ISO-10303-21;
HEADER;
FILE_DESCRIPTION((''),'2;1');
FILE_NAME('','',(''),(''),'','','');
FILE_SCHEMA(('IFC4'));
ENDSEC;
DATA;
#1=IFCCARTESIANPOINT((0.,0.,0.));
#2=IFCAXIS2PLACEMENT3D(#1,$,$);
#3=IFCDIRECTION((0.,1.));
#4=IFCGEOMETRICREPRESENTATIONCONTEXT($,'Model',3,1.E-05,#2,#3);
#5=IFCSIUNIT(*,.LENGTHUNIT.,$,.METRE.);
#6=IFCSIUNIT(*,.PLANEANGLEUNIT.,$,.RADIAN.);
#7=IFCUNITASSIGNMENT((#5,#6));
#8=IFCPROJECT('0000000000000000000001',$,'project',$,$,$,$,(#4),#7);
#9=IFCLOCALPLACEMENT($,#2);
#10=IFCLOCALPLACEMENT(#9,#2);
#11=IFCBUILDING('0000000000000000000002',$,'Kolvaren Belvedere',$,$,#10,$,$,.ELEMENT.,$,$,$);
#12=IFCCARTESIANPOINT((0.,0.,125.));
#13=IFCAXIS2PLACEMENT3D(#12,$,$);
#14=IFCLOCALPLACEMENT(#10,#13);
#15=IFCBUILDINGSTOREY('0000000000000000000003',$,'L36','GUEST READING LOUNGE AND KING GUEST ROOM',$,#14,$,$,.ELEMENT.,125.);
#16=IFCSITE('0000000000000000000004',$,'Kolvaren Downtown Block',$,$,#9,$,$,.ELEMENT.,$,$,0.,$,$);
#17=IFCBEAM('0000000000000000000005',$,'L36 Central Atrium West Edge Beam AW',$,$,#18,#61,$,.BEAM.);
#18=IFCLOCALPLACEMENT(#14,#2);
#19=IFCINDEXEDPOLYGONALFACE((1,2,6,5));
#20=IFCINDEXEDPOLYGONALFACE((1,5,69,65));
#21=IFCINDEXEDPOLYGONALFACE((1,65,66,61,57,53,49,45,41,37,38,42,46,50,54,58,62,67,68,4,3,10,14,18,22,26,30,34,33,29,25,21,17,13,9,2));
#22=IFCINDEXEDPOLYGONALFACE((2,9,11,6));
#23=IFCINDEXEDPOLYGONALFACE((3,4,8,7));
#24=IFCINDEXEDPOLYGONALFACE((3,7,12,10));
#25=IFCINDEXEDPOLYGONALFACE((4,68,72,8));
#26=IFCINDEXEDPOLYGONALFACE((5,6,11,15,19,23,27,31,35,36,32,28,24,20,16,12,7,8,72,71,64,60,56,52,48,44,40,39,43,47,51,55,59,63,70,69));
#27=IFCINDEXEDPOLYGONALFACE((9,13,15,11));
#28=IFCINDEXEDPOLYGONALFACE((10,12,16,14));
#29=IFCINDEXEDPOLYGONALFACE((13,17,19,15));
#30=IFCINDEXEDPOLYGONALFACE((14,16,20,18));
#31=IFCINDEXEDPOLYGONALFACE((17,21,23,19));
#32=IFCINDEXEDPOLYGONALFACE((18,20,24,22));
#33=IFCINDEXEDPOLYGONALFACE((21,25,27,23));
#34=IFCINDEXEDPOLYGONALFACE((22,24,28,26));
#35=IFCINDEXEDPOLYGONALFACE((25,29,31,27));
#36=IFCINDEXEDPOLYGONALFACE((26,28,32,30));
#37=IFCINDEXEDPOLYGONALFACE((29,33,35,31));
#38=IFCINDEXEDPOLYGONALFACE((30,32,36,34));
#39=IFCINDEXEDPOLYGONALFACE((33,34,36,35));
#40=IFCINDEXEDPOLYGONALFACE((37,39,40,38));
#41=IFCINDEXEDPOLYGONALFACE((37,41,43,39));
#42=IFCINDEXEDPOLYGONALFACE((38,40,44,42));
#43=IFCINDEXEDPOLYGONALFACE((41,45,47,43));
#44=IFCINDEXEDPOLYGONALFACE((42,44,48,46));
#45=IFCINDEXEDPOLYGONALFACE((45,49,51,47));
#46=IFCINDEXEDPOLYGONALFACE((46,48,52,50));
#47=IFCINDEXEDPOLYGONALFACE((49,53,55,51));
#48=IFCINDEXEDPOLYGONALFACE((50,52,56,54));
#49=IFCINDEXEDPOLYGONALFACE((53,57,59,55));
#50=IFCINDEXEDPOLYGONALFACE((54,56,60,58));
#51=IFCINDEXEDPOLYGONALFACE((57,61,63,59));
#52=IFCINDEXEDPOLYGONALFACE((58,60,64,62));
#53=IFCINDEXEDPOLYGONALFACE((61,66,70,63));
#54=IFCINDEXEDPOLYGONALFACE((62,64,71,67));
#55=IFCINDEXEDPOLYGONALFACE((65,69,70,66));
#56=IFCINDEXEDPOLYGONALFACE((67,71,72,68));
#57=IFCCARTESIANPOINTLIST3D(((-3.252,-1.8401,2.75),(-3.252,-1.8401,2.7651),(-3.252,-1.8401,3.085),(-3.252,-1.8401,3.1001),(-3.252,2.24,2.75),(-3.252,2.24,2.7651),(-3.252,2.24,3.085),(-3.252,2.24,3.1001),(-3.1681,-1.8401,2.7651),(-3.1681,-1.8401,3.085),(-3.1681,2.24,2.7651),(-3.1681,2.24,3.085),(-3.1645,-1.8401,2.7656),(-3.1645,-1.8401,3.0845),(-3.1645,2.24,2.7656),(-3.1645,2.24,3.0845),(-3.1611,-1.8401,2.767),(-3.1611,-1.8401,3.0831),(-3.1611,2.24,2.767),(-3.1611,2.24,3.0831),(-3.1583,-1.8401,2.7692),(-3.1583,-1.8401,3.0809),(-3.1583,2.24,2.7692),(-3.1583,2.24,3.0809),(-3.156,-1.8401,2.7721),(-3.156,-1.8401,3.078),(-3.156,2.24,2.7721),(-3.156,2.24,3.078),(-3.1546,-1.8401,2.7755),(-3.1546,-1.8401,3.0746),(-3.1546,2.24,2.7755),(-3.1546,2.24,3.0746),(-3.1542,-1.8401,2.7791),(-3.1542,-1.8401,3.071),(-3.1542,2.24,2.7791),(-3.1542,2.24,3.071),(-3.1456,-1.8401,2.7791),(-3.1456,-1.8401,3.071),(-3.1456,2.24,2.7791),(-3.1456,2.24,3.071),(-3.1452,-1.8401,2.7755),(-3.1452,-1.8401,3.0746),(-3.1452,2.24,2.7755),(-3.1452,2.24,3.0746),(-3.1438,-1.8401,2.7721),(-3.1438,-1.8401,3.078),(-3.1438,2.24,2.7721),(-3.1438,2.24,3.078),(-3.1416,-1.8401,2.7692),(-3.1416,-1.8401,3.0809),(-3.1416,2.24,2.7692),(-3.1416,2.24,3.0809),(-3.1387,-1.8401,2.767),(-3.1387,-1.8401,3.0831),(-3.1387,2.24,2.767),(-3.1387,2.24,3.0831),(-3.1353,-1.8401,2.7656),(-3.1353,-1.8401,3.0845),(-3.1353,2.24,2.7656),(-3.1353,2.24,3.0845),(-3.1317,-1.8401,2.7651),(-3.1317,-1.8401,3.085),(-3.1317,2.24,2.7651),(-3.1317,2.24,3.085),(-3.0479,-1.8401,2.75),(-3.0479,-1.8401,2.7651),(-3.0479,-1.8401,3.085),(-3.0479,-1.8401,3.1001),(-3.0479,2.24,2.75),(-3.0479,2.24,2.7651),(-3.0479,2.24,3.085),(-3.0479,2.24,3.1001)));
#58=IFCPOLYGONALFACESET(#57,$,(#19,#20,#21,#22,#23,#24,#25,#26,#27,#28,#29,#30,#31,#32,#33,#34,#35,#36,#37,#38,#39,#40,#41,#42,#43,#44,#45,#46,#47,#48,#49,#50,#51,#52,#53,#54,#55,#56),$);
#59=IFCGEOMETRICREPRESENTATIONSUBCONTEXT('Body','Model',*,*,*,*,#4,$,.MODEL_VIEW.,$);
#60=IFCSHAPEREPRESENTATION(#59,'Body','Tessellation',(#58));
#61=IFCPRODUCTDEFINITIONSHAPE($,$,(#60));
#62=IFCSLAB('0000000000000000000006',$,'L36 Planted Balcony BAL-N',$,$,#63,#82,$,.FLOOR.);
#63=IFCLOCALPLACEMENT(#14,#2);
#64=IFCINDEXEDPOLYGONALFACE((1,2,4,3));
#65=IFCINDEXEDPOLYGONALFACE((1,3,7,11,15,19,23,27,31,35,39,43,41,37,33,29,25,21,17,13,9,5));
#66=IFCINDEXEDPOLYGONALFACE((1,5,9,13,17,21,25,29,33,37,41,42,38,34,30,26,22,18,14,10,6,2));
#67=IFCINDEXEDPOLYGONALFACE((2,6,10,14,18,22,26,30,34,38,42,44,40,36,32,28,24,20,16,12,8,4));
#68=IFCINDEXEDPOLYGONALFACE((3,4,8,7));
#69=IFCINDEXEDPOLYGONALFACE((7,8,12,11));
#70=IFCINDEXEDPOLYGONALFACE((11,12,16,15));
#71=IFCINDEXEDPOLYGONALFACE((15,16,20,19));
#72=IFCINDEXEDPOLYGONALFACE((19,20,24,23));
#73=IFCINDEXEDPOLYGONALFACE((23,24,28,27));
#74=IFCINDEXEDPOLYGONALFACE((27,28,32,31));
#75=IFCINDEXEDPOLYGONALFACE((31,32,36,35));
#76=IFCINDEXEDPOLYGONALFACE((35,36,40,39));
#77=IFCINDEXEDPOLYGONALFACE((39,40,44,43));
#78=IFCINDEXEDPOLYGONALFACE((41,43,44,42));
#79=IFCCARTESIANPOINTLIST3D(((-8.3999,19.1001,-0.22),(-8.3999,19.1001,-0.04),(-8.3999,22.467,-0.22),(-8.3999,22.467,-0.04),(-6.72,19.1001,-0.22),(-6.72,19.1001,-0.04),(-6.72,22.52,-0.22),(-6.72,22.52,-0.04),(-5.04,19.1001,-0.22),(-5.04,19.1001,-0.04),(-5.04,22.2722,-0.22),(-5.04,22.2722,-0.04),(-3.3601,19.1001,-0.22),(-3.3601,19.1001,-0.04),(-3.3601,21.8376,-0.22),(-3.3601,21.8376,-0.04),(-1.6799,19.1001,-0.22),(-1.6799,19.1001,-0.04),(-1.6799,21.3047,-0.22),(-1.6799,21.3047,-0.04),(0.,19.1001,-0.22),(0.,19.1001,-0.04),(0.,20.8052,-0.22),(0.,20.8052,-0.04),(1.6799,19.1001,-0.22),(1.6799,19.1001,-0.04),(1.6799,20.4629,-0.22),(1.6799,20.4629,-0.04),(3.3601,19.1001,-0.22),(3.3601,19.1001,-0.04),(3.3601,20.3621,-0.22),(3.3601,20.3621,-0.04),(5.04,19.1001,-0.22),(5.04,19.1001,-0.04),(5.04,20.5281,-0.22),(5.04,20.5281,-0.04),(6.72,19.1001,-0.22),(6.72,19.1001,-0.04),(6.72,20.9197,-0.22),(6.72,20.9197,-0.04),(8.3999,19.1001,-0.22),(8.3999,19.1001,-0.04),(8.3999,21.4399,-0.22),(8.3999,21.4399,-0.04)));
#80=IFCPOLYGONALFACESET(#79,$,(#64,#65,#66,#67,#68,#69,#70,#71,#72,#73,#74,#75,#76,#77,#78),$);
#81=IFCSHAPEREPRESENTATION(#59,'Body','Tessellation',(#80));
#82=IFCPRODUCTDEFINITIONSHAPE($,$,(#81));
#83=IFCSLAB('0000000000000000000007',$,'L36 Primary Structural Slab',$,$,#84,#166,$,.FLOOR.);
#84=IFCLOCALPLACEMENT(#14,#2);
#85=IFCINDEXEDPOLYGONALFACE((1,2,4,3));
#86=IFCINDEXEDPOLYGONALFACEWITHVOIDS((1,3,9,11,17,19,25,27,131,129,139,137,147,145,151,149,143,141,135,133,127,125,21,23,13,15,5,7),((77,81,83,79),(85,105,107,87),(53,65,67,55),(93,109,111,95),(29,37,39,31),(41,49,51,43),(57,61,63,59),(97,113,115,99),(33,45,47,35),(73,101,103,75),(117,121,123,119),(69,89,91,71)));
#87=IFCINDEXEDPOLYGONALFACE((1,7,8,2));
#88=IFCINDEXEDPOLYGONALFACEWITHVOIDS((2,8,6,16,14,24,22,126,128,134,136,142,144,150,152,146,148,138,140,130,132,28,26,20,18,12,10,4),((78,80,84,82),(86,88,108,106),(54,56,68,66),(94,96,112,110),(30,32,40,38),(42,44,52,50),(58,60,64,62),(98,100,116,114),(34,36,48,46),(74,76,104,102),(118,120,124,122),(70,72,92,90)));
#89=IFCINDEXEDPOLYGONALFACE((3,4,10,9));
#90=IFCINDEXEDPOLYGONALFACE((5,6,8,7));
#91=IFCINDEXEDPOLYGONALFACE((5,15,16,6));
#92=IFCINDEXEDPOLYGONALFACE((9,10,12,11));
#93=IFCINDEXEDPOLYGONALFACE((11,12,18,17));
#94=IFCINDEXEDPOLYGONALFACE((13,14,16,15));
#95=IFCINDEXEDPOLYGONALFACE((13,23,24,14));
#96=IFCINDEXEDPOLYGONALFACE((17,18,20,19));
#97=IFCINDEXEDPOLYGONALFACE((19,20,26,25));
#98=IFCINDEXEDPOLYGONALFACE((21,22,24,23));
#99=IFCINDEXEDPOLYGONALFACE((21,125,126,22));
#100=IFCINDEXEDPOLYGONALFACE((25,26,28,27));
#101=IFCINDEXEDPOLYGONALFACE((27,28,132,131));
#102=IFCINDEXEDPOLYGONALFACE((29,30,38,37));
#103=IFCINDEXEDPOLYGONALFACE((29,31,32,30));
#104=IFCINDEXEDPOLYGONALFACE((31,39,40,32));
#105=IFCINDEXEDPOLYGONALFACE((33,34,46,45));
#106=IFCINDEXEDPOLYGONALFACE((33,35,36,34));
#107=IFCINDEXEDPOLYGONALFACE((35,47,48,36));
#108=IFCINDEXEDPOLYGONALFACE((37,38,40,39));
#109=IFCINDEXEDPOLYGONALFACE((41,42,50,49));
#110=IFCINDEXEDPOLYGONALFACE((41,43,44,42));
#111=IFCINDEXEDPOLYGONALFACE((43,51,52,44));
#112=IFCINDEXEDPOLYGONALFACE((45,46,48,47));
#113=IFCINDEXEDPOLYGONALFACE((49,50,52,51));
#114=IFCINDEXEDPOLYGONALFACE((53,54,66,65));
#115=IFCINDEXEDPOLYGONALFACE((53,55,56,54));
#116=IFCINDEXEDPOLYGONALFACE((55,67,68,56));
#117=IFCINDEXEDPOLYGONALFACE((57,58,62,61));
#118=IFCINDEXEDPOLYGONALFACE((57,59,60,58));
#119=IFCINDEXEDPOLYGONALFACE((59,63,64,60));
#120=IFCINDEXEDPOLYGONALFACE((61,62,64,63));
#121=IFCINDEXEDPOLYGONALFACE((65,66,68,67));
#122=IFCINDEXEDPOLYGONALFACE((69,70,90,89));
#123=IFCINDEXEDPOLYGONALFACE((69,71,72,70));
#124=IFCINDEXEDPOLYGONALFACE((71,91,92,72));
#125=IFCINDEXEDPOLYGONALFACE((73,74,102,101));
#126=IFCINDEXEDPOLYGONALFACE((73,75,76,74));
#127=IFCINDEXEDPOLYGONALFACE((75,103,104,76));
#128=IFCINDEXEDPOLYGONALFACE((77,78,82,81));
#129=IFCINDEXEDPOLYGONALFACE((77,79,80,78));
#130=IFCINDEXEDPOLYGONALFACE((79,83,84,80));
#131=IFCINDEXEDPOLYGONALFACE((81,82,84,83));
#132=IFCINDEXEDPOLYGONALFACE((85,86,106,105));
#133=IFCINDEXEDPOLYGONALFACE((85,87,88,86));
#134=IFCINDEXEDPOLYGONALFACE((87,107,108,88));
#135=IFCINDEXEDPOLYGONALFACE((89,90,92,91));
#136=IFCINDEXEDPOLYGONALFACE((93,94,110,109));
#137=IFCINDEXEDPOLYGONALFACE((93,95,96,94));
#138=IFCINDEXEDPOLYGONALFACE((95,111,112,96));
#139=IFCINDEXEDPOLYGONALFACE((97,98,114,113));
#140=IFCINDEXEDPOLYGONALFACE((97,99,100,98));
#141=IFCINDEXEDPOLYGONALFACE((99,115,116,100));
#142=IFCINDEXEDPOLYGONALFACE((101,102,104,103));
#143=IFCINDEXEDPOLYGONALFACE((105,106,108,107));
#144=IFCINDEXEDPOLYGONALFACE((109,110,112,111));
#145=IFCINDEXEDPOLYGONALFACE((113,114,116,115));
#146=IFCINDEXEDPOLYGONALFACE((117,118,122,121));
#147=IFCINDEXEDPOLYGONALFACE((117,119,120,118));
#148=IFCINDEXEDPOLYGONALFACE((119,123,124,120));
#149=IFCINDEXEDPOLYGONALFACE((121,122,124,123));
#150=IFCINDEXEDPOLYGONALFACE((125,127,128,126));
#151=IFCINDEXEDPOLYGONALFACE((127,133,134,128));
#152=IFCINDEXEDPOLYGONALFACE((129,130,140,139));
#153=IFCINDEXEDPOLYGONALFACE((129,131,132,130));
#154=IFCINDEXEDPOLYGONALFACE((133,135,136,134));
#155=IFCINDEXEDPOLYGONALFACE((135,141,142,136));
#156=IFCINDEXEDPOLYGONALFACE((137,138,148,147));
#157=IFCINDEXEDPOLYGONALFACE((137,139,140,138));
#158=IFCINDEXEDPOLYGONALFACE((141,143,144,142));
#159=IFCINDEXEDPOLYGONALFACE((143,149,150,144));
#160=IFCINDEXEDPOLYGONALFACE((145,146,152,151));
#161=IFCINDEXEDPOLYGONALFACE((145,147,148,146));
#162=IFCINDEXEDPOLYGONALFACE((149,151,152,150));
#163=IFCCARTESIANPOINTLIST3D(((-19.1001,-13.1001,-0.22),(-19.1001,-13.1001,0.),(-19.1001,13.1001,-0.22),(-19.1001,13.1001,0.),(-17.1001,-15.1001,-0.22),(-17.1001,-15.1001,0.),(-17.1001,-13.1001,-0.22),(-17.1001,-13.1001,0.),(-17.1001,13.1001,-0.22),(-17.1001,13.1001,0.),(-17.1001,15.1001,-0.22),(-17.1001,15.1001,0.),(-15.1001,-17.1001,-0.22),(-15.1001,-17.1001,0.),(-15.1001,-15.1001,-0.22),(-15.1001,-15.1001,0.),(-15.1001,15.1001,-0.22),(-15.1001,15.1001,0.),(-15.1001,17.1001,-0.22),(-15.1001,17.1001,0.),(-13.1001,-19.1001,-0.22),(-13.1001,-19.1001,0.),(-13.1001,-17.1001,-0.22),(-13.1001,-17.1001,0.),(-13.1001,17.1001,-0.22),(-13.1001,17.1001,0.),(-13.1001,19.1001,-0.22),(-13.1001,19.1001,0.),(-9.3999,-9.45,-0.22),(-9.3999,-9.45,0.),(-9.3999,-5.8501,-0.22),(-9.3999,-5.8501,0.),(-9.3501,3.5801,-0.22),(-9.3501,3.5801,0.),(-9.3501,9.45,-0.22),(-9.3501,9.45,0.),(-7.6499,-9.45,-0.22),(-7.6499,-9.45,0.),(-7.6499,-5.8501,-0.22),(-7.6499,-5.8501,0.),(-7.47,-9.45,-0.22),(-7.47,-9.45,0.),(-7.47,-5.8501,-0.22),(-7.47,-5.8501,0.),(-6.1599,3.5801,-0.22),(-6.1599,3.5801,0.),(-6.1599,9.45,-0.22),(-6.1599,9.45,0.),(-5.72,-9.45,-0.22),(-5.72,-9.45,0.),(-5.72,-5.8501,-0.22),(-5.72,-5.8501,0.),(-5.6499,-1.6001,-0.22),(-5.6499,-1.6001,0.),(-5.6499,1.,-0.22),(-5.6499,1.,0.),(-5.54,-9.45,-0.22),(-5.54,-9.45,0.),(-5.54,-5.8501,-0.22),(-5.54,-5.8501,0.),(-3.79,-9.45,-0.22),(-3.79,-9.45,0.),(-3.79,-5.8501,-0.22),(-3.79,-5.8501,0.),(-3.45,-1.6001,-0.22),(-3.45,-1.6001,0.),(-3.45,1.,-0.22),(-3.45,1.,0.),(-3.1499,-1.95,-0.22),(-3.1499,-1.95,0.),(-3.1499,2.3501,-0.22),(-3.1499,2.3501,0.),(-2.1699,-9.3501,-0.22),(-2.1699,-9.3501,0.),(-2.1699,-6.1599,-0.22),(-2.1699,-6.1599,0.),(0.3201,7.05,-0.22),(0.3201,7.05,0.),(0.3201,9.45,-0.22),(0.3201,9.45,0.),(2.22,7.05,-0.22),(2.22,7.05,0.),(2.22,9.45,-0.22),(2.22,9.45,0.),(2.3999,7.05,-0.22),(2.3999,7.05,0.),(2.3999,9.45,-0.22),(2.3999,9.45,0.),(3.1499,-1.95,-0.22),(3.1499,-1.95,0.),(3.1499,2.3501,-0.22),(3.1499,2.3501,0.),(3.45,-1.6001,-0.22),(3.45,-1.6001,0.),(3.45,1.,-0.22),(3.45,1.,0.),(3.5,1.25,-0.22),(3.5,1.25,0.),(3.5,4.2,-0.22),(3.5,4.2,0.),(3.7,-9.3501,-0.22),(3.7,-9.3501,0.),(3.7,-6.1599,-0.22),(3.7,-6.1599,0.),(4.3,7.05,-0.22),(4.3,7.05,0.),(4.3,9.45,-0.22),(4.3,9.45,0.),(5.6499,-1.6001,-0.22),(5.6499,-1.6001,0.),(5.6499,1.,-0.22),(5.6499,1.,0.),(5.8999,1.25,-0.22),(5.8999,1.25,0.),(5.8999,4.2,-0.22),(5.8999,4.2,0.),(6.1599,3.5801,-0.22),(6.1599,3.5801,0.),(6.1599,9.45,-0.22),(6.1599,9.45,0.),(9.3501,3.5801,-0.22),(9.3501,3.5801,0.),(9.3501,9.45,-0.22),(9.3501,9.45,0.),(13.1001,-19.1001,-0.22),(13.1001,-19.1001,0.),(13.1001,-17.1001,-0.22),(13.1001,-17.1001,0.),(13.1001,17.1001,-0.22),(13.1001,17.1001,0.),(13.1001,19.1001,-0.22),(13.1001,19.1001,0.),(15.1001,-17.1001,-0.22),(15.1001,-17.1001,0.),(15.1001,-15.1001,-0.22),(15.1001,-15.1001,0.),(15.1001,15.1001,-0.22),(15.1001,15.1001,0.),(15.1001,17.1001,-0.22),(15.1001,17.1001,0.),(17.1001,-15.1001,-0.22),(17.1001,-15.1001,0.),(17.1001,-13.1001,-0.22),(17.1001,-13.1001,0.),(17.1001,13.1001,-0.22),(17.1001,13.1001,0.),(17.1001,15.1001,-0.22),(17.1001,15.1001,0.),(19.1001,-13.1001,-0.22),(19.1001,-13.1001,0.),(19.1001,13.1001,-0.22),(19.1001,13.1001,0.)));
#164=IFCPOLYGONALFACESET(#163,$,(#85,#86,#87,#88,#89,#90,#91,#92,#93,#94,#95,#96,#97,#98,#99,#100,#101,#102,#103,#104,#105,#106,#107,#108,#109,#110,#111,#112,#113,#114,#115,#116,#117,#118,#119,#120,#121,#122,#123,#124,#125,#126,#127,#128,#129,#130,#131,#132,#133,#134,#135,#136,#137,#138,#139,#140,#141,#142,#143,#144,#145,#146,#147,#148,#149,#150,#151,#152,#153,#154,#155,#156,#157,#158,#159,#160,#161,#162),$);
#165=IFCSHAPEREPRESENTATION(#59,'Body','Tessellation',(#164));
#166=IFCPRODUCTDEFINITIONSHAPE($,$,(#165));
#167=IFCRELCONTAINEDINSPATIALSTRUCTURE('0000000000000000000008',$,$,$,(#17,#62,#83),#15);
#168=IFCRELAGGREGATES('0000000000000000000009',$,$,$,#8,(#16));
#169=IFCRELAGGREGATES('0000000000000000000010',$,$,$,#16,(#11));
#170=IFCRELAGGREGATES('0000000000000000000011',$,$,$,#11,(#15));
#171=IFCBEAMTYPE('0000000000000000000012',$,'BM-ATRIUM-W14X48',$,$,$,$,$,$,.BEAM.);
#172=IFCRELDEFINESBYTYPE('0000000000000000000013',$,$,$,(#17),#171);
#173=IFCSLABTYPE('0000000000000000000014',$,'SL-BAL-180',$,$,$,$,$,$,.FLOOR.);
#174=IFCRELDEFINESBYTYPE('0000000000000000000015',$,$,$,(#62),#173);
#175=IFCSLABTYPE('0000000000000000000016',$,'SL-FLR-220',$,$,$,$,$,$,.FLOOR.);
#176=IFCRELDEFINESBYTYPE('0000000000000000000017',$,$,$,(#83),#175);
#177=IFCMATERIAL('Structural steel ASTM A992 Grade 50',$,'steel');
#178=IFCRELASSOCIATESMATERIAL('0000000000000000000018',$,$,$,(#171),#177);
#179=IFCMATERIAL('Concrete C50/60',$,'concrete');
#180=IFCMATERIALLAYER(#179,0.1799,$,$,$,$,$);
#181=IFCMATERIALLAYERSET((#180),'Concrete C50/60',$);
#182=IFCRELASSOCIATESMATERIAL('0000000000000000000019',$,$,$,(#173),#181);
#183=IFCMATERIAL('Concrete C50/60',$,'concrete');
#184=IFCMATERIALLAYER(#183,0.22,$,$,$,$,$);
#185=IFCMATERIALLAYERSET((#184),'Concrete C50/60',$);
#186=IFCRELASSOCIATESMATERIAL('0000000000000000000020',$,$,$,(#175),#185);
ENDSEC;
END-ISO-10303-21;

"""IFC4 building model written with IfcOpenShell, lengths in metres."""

from ifc_helpers import new_model, si_unit, direction, frame, origin, origin_2d, place, context, subcontext, project, spatial, polyline, i_section, outline, extrude, material, layer, layer_set, material_profile, profile_set, type_object, element, save


model = new_model("IFC4")

# Units and contexts
model_context = context("Model", 3, precision=1e-05, world=origin(), true_north=direction((0.0, 1.0)))
body_context = subcontext(model_context, "Body", "Model", "MODEL_VIEW")
ifc_project = project(units=[si_unit("LENGTHUNIT", "METRE"), si_unit("PLANEANGLEUNIT", "RADIAN")], contexts=[model_context])

# Site, building, storey
site_placement = place(None, origin())
site = spatial("IfcSite", under=ifc_project, at=site_placement, Name="Kolvaren Downtown Block", CompositionType="ELEMENT", RefElevation=0.0)
building_placement = place(site_placement, origin())
building = spatial("IfcBuilding", under=site, at=building_placement, Name="Kolvaren Belvedere", CompositionType="ELEMENT")
storey_placement = place(building_placement, frame((0.0, 0.0, 125.0)))
storey = spatial("IfcBuildingStorey", under=building, at=storey_placement, Name="L36", Description="GUEST READING LOUNGE AND KING GUEST ROOM", CompositionType="ELEMENT", Elevation=125.0)

# Beam
ifc_material_1 = material(Name="Structural steel ASTM A992 Grade 50", Category="steel")
ifc_material_profile = material_profile(ifc_material_1, i_section(OverallWidth=0.2041, OverallDepth=0.3501, WebThickness=0.0085, FlangeThickness=0.0151, FilletRadius=0.0139, at=origin_2d()), Name="W14X48")
ifc_profile_set = profile_set([ifc_material_profile], Name="Structural steel ASTM A992 Grade 50")
beam_type = type_object("IfcBeamType", Name="BM-ATRIUM-W14X48", PredefinedType="BEAM", material=ifc_profile_set)
beam_placement = place(storey_placement, frame((-3.1499, -1.8401, 2.925), z_axis=(0.0, 1.0, 0.0), x_axis=(-1.0, 0.0, 0.0)))
element("IfcBeam", 1, at=beam_placement, inside=storey, type_object=beam_type, Name="L36 Central Atrium West Edge Beam AW", PredefinedType="BEAM", context=body_context, shape_type="SweptSolid", body=[
    extrude(i_section(OverallWidth=0.2041, OverallDepth=0.3501, WebThickness=0.0085, FlangeThickness=0.0151, FilletRadius=0.0139, at=origin_2d()), origin(), (0.0, 0.0, 1.0), 4.0801),
])

# Slabs
ifc_material_2 = material(Name="Concrete C50/60", Category="concrete")
ifc_layer_1 = layer(ifc_material_2, 0.1799)
ifc_layer_set_1 = layer_set([ifc_layer_1], Name="Concrete C50/60")
slab_type_1 = type_object("IfcSlabType", Name="SL-BAL-180", PredefinedType="FLOOR", material=ifc_layer_set_1)
slab_1_placement = place(storey_placement, frame((0.0, 0.0, -0.22)))
element("IfcSlab", 2, at=slab_1_placement, inside=storey, type_object=slab_type_1, Name="L36 Planted Balcony BAL-N", PredefinedType="FLOOR", context=body_context, shape_type="SweptSolid", body=[
    extrude(outline(polyline([(-8.3999, 19.1001), (-6.72, 19.1001), (-5.04, 19.1001), (-3.3601, 19.1001), (-1.6799, 19.1001), (0.0, 19.1001), (1.6799, 19.1001), (3.3601, 19.1001), (5.04, 19.1001), (6.72, 19.1001), (8.3999, 19.1001), (8.3999, 21.4399), (6.72, 20.9197), (5.04, 20.5281), (3.3601, 20.3621), (1.6799, 20.4629), (0.0, 20.8052), (-1.6799, 21.3047), (-3.3601, 21.8376), (-5.04, 22.2722), (-6.72, 22.52), (-8.3999, 22.467), (-8.3999, 19.1001)])), origin(), (0.0, 0.0, 1.0), 0.1799),
])
ifc_material_3 = material(Name="Concrete C50/60", Category="concrete")
ifc_layer_2 = layer(ifc_material_3, 0.22)
ifc_layer_set_2 = layer_set([ifc_layer_2], Name="Concrete C50/60")
slab_type_2 = type_object("IfcSlabType", Name="SL-FLR-220", PredefinedType="FLOOR", material=ifc_layer_set_2)
slab_2_placement = place(storey_placement, frame((0.0, 0.0, -0.22)))
element("IfcSlab", 3, at=slab_2_placement, inside=storey, type_object=slab_type_2, Name="L36 Primary Structural Slab", PredefinedType="FLOOR", context=body_context, shape_type="SweptSolid", body=[
    extrude(outline(polyline([(-13.1001, -19.1001), (13.1001, -19.1001), (13.1001, -17.1001), (15.1001, -17.1001), (15.1001, -15.1001), (17.1001, -15.1001), (17.1001, -13.1001), (19.1001, -13.1001), (19.1001, 13.1001), (17.1001, 13.1001), (17.1001, 15.1001), (15.1001, 15.1001), (15.1001, 17.1001), (13.1001, 17.1001), (13.1001, 19.1001), (-13.1001, 19.1001), (-13.1001, 17.1001), (-15.1001, 17.1001), (-15.1001, 15.1001), (-17.1001, 15.1001), (-17.1001, 13.1001), (-19.1001, 13.1001), (-19.1001, -13.1001), (-17.1001, -13.1001), (-17.1001, -15.1001), (-15.1001, -15.1001), (-15.1001, -17.1001), (-13.1001, -17.1001), (-13.1001, -19.1001)]), holes=[polyline([(-9.3501, 3.5801), (-6.1599, 3.5801), (-6.1599, 9.45), (-9.3501, 9.45), (-9.3501, 3.5801)]), polyline([(6.1599, 3.5801), (9.3501, 3.5801), (9.3501, 9.45), (6.1599, 9.45), (6.1599, 3.5801)]), polyline([(-2.1699, -9.3501), (3.7, -9.3501), (3.7, -6.1599), (-2.1699, -6.1599), (-2.1699, -9.3501)]), polyline([(-5.6499, -1.6001), (-3.45, -1.6001), (-3.45, 1.0), (-5.6499, 1.0), (-5.6499, -1.6001)]), polyline([(3.5, 1.25), (5.8999, 1.25), (5.8999, 4.2), (3.5, 4.2), (3.5, 1.25)]), polyline([(3.45, -1.6001), (5.6499, -1.6001), (5.6499, 1.0), (3.45, 1.0), (3.45, -1.6001)]), polyline([(-9.3999, -9.45), (-7.6499, -9.45), (-7.6499, -5.8501), (-9.3999, -5.8501), (-9.3999, -9.45)]), polyline([(-7.47, -9.45), (-5.72, -9.45), (-5.72, -5.8501), (-7.47, -5.8501), (-7.47, -9.45)]), polyline([(-5.54, -9.45), (-3.79, -9.45), (-3.79, -5.8501), (-5.54, -5.8501), (-5.54, -9.45)]), polyline([(0.3201, 7.05), (2.22, 7.05), (2.22, 9.45), (0.3201, 9.45), (0.3201, 7.05)]), polyline([(2.3999, 7.05), (4.3, 7.05), (4.3, 9.45), (2.3999, 9.45), (2.3999, 7.05)]), polyline([(-3.1499, -1.95), (3.1499, -1.95), (3.1499, 2.3501), (-3.1499, 2.3501), (-3.1499, -1.95)])]), origin(), (0.0, 0.0, 1.0), 0.22),
])

save(model, "model.ifc")
